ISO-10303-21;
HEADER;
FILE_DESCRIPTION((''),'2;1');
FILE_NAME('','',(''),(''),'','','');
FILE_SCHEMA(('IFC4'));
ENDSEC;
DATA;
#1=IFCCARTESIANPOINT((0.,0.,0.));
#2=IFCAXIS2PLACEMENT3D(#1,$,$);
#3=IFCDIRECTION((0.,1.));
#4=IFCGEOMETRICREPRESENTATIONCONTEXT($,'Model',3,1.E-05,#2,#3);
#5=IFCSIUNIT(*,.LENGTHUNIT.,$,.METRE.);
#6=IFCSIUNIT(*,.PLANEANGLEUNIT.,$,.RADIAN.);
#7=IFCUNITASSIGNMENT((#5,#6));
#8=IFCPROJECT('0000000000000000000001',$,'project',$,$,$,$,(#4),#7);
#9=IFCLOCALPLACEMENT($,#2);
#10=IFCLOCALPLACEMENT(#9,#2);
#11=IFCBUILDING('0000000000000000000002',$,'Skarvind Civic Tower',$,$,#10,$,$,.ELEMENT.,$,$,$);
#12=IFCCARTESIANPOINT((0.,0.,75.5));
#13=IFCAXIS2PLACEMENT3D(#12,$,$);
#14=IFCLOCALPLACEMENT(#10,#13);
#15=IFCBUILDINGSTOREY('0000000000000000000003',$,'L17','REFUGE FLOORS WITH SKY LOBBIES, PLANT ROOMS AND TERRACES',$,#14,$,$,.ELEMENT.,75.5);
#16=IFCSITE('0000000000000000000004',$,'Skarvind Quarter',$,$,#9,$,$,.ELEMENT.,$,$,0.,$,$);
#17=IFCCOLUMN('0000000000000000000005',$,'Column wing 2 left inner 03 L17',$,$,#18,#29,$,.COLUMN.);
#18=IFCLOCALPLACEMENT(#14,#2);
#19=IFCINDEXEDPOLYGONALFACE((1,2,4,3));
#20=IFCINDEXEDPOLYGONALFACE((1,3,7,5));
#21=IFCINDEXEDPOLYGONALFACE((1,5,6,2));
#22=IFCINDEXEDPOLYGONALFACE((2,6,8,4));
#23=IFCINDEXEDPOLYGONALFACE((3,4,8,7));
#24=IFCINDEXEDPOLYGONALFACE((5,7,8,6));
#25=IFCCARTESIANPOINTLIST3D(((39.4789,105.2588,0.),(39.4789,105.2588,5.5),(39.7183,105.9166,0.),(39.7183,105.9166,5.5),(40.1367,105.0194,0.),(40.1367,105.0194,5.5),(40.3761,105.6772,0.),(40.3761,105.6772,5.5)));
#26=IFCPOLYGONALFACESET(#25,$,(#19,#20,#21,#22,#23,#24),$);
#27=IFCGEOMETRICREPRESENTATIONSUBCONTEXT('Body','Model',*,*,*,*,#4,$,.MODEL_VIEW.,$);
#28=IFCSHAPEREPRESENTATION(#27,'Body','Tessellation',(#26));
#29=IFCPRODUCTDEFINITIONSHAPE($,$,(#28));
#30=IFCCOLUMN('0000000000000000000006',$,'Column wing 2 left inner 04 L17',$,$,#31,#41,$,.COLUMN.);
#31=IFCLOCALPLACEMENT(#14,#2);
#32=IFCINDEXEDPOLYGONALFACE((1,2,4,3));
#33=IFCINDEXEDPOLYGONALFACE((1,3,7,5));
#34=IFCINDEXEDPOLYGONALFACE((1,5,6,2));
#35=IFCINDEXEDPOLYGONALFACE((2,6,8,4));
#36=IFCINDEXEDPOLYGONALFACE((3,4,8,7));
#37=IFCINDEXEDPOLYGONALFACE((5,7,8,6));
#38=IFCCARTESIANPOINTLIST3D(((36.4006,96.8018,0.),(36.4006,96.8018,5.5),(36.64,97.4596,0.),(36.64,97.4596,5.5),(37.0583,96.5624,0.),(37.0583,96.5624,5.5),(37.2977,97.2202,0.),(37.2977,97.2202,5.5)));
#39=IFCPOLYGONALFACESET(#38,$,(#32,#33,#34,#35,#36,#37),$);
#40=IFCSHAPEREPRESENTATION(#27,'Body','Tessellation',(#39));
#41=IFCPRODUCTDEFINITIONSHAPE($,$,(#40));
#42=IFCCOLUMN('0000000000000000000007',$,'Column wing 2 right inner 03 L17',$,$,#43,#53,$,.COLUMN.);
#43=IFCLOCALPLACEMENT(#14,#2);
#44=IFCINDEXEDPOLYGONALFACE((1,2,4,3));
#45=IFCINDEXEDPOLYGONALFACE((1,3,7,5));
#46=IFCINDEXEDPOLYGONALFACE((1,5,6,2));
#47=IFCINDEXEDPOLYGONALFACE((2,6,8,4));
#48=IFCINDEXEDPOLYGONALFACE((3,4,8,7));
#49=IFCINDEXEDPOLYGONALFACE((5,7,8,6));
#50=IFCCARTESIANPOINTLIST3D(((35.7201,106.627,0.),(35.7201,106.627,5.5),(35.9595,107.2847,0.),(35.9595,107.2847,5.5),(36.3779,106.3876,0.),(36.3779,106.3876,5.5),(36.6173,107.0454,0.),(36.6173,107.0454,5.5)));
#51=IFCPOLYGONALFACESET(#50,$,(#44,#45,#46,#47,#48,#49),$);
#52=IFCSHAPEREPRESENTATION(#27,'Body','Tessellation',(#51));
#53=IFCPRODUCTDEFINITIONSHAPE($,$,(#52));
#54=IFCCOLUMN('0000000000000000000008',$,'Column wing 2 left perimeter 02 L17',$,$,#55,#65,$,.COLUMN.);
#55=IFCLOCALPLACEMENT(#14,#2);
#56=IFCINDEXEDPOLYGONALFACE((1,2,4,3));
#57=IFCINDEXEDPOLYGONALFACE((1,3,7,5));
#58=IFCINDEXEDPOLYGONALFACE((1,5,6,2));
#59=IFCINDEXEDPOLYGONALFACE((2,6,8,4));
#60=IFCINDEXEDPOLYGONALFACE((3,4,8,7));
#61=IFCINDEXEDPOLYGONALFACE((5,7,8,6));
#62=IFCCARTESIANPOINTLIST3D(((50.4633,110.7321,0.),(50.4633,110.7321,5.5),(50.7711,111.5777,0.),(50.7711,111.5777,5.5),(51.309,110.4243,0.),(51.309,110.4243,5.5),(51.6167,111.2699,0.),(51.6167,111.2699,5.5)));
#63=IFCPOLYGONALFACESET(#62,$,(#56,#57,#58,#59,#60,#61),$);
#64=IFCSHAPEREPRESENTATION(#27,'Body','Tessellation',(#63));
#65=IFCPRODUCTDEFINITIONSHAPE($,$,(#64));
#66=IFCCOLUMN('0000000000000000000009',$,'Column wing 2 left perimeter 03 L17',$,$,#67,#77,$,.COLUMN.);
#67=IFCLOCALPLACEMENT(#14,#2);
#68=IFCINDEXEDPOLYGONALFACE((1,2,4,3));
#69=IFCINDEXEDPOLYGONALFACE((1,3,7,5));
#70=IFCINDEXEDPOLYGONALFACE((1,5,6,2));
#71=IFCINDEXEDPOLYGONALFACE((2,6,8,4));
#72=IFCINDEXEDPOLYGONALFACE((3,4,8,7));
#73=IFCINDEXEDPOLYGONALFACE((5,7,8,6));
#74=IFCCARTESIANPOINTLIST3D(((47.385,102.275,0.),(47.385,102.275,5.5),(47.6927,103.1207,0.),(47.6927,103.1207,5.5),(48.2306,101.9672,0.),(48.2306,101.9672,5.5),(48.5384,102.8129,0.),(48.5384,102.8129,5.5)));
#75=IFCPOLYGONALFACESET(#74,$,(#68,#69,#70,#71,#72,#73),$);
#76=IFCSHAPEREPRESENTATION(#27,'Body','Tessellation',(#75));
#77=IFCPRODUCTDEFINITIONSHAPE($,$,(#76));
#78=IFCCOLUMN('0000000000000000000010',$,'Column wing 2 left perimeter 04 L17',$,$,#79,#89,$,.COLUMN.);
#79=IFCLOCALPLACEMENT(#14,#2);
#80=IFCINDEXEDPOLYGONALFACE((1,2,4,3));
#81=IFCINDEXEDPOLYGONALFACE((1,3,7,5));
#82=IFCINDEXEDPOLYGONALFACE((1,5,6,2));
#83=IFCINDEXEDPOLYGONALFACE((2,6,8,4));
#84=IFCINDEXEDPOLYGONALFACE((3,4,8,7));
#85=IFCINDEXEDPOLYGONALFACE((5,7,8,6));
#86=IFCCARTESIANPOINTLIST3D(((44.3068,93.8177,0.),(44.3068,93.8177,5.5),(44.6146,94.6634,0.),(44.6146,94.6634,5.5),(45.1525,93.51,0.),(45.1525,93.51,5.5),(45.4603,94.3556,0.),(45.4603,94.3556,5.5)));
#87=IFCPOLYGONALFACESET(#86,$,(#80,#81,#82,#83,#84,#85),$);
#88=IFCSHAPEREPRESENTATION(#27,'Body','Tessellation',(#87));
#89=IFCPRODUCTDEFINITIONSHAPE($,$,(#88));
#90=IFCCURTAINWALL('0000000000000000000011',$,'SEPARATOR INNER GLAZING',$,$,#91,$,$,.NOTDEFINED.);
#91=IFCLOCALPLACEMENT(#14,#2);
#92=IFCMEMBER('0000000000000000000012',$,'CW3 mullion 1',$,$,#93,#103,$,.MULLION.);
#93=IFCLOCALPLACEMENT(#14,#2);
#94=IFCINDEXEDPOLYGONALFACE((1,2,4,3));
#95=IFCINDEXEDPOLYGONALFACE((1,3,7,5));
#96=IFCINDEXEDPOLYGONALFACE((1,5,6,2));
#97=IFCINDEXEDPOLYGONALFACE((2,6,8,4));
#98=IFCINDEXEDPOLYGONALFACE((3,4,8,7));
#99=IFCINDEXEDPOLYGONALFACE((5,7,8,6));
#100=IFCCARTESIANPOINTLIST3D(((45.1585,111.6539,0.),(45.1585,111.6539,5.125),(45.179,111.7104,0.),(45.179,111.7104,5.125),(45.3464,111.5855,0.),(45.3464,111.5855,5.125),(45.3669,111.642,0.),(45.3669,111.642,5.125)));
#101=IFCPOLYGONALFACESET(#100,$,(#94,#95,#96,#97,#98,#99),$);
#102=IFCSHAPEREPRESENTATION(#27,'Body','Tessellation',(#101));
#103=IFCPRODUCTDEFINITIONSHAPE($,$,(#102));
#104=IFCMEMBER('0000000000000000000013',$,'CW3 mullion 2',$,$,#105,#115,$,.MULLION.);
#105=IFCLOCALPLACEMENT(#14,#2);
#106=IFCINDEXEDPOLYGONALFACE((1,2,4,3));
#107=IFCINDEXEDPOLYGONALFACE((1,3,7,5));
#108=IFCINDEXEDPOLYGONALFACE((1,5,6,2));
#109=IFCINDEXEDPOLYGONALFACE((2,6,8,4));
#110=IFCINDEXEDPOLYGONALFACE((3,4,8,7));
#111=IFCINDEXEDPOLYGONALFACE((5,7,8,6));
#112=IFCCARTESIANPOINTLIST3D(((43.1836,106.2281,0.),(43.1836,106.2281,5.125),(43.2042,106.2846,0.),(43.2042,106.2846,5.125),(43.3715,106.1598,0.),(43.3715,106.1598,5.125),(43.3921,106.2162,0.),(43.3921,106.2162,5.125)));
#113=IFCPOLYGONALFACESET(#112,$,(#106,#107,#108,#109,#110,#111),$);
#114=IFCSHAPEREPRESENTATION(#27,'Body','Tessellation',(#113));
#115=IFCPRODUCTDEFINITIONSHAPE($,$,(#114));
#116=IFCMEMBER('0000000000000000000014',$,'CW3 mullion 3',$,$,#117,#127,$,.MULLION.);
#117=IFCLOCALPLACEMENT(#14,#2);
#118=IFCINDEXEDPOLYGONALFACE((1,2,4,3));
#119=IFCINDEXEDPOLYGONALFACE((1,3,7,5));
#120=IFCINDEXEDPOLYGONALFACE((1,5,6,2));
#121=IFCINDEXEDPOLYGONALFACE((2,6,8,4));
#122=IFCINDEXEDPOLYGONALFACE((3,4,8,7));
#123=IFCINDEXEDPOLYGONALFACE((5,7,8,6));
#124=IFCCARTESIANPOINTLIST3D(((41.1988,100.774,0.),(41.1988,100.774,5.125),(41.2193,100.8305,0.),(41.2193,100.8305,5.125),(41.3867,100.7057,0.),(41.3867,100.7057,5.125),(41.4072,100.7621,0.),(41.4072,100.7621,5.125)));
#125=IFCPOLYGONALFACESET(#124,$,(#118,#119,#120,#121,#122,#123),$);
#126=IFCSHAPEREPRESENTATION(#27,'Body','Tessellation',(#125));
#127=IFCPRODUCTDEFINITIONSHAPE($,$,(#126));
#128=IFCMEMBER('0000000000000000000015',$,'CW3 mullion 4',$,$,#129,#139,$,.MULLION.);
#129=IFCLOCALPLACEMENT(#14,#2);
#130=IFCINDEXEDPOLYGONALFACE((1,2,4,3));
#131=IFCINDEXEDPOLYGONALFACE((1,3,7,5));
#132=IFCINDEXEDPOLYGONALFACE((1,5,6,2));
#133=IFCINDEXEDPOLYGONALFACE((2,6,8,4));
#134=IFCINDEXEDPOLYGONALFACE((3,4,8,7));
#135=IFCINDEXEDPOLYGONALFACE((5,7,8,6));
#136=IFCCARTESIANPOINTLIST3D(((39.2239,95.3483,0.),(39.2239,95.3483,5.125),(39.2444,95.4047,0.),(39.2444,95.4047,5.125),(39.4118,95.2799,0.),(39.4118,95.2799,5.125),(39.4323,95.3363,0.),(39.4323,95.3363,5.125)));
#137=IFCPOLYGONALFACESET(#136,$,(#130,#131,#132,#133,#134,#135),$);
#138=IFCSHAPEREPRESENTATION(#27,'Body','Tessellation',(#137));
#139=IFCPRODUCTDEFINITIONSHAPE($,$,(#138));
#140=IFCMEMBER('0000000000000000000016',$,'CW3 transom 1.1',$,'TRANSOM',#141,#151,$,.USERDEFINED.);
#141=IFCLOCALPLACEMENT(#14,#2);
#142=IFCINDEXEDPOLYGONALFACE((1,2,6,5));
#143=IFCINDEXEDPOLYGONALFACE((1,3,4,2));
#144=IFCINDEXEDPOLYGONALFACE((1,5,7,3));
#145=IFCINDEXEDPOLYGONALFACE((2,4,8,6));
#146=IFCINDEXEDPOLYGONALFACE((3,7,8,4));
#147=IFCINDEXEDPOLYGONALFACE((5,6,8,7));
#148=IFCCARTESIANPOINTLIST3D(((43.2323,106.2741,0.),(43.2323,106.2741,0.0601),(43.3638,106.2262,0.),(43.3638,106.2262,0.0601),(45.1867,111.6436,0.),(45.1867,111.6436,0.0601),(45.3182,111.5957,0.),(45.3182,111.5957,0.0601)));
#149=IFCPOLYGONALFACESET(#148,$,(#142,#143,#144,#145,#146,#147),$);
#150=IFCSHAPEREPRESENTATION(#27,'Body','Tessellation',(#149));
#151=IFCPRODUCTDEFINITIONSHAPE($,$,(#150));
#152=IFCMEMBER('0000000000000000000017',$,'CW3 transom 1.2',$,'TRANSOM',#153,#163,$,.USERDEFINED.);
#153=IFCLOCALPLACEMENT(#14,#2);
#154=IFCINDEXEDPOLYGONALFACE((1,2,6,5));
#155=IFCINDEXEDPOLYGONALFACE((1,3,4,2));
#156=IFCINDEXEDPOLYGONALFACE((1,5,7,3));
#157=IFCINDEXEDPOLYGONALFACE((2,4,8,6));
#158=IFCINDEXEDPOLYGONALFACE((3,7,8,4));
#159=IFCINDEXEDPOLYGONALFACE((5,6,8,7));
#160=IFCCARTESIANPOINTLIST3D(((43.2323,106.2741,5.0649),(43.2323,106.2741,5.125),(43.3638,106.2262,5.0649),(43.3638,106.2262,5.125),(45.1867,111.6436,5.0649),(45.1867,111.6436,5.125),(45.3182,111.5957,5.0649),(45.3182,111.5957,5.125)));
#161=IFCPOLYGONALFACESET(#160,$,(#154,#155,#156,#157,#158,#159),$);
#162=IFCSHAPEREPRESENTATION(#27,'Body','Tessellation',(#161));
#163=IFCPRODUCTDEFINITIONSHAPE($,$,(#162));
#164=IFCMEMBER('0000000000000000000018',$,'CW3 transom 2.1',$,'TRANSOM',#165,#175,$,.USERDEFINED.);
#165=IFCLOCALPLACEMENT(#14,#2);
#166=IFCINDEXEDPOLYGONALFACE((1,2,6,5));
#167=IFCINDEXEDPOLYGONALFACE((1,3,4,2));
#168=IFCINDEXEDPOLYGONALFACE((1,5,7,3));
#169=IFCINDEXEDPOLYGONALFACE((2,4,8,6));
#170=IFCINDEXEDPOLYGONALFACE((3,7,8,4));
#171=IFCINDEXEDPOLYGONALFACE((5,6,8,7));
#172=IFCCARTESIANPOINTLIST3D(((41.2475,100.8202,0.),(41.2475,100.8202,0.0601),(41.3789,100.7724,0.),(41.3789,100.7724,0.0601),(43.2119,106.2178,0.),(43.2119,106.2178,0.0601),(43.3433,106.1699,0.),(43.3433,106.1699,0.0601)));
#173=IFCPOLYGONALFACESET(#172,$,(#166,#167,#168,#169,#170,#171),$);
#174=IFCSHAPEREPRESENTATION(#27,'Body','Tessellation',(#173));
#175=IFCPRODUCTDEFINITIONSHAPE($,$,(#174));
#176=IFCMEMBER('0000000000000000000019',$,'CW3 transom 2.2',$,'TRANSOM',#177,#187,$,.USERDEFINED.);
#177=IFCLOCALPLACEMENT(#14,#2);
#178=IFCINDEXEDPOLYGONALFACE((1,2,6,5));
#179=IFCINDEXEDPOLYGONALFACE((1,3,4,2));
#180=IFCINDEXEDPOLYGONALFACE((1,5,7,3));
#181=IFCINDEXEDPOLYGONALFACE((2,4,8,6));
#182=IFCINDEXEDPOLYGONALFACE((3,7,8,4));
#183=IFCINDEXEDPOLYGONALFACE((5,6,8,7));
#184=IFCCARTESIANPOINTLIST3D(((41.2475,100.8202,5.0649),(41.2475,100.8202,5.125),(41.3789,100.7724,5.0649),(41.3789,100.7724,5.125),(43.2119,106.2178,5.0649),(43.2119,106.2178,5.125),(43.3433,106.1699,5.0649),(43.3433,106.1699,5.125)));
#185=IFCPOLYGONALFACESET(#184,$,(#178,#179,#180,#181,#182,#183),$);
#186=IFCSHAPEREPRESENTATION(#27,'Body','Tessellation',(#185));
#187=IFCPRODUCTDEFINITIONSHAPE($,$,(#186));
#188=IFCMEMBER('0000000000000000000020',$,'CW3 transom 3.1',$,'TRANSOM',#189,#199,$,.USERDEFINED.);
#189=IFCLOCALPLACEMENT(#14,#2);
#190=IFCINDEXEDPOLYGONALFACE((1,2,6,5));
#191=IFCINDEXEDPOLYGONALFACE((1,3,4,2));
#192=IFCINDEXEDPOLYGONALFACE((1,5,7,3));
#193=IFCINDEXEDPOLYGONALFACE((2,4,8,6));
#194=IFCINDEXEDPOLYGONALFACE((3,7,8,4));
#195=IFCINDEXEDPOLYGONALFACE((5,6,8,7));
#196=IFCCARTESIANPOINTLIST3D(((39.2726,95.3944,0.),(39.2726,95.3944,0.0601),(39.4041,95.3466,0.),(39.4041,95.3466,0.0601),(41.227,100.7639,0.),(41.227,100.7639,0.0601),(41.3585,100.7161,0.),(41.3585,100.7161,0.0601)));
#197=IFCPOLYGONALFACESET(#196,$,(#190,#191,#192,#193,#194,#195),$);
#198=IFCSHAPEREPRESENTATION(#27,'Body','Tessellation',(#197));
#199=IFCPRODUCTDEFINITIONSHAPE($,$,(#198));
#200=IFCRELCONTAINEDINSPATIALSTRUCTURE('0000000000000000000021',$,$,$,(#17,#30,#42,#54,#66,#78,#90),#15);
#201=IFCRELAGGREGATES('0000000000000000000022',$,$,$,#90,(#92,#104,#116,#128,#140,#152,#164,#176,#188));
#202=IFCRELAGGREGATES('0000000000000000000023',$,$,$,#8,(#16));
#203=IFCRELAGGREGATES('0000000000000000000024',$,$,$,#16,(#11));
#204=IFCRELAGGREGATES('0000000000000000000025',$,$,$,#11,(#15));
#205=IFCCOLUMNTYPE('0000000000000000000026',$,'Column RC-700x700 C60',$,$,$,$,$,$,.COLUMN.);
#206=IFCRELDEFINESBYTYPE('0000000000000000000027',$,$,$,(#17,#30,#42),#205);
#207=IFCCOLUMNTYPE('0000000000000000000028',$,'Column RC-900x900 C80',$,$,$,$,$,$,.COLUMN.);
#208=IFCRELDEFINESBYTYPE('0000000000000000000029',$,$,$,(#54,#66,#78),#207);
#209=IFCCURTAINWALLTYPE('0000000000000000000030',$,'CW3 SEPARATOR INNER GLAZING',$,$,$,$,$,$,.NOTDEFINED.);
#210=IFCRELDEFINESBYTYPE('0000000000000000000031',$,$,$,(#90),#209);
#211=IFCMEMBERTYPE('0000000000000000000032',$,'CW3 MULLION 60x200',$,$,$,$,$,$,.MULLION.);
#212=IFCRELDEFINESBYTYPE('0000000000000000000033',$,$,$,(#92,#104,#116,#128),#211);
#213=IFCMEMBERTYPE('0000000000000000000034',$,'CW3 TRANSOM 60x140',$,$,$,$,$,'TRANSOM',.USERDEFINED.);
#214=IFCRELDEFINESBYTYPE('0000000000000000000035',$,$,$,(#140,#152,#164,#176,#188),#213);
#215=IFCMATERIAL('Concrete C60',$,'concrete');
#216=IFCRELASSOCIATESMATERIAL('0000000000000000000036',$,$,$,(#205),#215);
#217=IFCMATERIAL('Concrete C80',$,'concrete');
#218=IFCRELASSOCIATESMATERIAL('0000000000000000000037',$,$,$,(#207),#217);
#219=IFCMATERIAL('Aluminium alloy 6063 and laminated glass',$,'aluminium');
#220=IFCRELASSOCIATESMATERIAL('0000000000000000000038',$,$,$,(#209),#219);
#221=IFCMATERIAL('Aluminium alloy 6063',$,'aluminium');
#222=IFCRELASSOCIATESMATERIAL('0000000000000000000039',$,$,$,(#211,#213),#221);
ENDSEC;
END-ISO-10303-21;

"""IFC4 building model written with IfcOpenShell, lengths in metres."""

from ifc_helpers import new_model, si_unit, direction, frame, origin, origin_2d, place, context, subcontext, project, spatial, rectangle, extrude, material, material_profile, profile_set, type_object, element, aggregate, save


model = new_model("IFC4")

# Units and contexts
model_context = context("Model", 3, precision=1e-05, world=origin(), true_north=direction((0.0, 1.0)))
body_context = subcontext(model_context, "Body", "Model", "MODEL_VIEW")
ifc_project = project(units=[si_unit("LENGTHUNIT", "METRE"), si_unit("PLANEANGLEUNIT", "RADIAN")], contexts=[model_context])

# Site, building, storey
site_placement = place(None, origin())
site = spatial("IfcSite", under=ifc_project, at=site_placement, Name="Skarvind Quarter", CompositionType="ELEMENT", RefElevation=0.0)
building_placement = place(site_placement, origin())
building = spatial("IfcBuilding", under=site, at=building_placement, Name="Skarvind Civic Tower", CompositionType="ELEMENT")
storey_placement = place(building_placement, frame((0.0, 0.0, 75.5)))
storey = spatial("IfcBuildingStorey", under=building, at=storey_placement, Name="L17", Description="REFUGE FLOORS WITH SKY LOBBIES, PLANT ROOMS AND TERRACES", CompositionType="ELEMENT", Elevation=75.5)

# Columns
ifc_material_1 = material(Name="Concrete C60", Category="concrete")
ifc_material_profile_1 = material_profile(ifc_material_1, rectangle(XDim=0.7, YDim=0.7, at=origin_2d()), Name="RC-700x700")
ifc_profile_set_1 = profile_set([ifc_material_profile_1], Name="Concrete C60")
column_type_1 = type_object("IfcColumnType", Name="Column RC-700x700 C60", PredefinedType="COLUMN", material=ifc_profile_set_1)
for number, where, z_axis, x_axis, name in (
    (1, (39.9275, 105.468, 0.0), (0.0, 0.0, 1.0), (-0.34202, -0.939693, 0.0), "Column wing 2 left inner 03 L17"),
    (2, (36.8491, 97.011, 0.0), (0.0, 0.0, 1.0), (-0.34202, -0.939693, 0.0), "Column wing 2 left inner 04 L17"),
    (3, (36.1687, 106.8362, 0.0), (0.0, 0.0, 1.0), (-0.34202, -0.939693, 0.0), "Column wing 2 right inner 03 L17"),
):
    element("IfcColumn", number, at=place(storey_placement, frame(where, z_axis=z_axis, x_axis=x_axis)), inside=storey, type_object=column_type_1, Name=name, PredefinedType="COLUMN", context=body_context, shape_type="SweptSolid", body=[
        extrude(rectangle(XDim=0.7, YDim=0.7, at=origin_2d()), origin(), (0.0, 0.0, 1.0), 5.5),
    ])
ifc_material_2 = material(Name="Concrete C80", Category="concrete")
ifc_material_profile_2 = material_profile(ifc_material_2, rectangle(XDim=0.8999, YDim=0.8999, at=origin_2d()), Name="RC-900x900")
ifc_profile_set_2 = profile_set([ifc_material_profile_2], Name="Concrete C80")
column_type_2 = type_object("IfcColumnType", Name="Column RC-900x900 C80", PredefinedType="COLUMN", material=ifc_profile_set_2)
for number, where, z_axis, x_axis, name in (
    (4, (51.04, 111.001, 0.0), (0.0, 0.0, 1.0), (-0.34202, -0.939693, 0.0), "Column wing 2 left perimeter 02 L17"),
    (5, (47.9617, 102.5439, 0.0), (0.0, 0.0, 1.0), (-0.34202, -0.939693, 0.0), "Column wing 2 left perimeter 03 L17"),
    (6, (44.8835, 94.0867, 0.0), (0.0, 0.0, 1.0), (-0.34202, -0.939693, 0.0), "Column wing 2 left perimeter 04 L17"),
):
    element("IfcColumn", number, at=place(storey_placement, frame(where, z_axis=z_axis, x_axis=x_axis)), inside=storey, type_object=column_type_2, Name=name, PredefinedType="COLUMN", context=body_context, shape_type="SweptSolid", body=[
        extrude(rectangle(XDim=0.8999, YDim=0.8999, at=origin_2d()), origin(), (0.0, 0.0, 1.0), 5.5),
    ])

# Curtain wall, members
ifc_material_3 = material(Name="Aluminium alloy 6063 and laminated glass", Category="aluminium")
curtain_wall_type = type_object("IfcCurtainWallType", Name="CW3 SEPARATOR INNER GLAZING", PredefinedType="NOTDEFINED", material=ifc_material_3)
curtain_wall_placement = place(storey_placement, origin())
curtain_wall = element("IfcCurtainWall", 7, at=curtain_wall_placement, inside=storey, type_object=curtain_wall_type, Name="SEPARATOR INNER GLAZING", PredefinedType="NOTDEFINED")
ifc_material_4 = material(Name="Aluminium alloy 6063", Category="aluminium")
ifc_material_profile_3 = material_profile(ifc_material_4, rectangle(XDim=0.2, YDim=0.0601, at=origin_2d()), Name="AL 60x200")
ifc_profile_set_3 = profile_set([ifc_material_profile_3], Name="Aluminium alloy 6063")
member_type_1 = type_object("IfcMemberType", Name="CW3 MULLION 60x200", PredefinedType="MULLION", material=ifc_profile_set_3)
member_1_placement = place(storey_placement, frame((45.2627, 111.6479, 0.0), z_axis=(0.0, 0.0, 1.0), x_axis=(0.939693, -0.342018, 0.0)))
member_1 = element("IfcMember", 8, at=member_1_placement, type_object=member_type_1, Name="CW3 mullion 1", PredefinedType="MULLION", context=body_context, shape_type="SweptSolid", body=[
    extrude(rectangle(XDim=0.2, YDim=0.0601, at=origin_2d()), origin(), (0.0, 0.0, 1.0), 5.125),
])
member_2_placement = place(storey_placement, frame((43.2878, 106.2222, 0.0), z_axis=(0.0, 0.0, 1.0), x_axis=(0.939693, -0.342018, 0.0)))
member_2 = element("IfcMember", 9, at=member_2_placement, type_object=member_type_1, Name="CW3 mullion 2", PredefinedType="MULLION", context=body_context, shape_type="SweptSolid", body=[
    extrude(rectangle(XDim=0.2, YDim=0.0601, at=origin_2d()), origin(), (0.0, 0.0, 1.0), 5.125),
])
member_3_placement = place(storey_placement, frame((41.303, 100.7681, 0.0), z_axis=(0.0, 0.0, 1.0), x_axis=(0.939693, -0.342018, 0.0)))
member_3 = element("IfcMember", 10, at=member_3_placement, type_object=member_type_1, Name="CW3 mullion 3", PredefinedType="MULLION", context=body_context, shape_type="SweptSolid", body=[
    extrude(rectangle(XDim=0.2, YDim=0.0601, at=origin_2d()), origin(), (0.0, 0.0, 1.0), 5.125),
])
member_4_placement = place(storey_placement, frame((39.3281, 95.3423, 0.0), z_axis=(0.0, 0.0, 1.0), x_axis=(0.939693, -0.342018, 0.0)))
member_4 = element("IfcMember", 11, at=member_4_placement, type_object=member_type_1, Name="CW3 mullion 4", PredefinedType="MULLION", context=body_context, shape_type="SweptSolid", body=[
    extrude(rectangle(XDim=0.2, YDim=0.0601, at=origin_2d()), origin(), (0.0, 0.0, 1.0), 5.125),
])
ifc_material_profile_4 = material_profile(ifc_material_4, rectangle(XDim=0.1399, YDim=0.0601, at=origin_2d()), Name="AL 60x140")
ifc_profile_set_4 = profile_set([ifc_material_profile_4], Name="Aluminium alloy 6063")
member_type_2 = type_object("IfcMemberType", Name="CW3 TRANSOM 60x140", ElementType="TRANSOM", PredefinedType="USERDEFINED", material=ifc_profile_set_4)
member_5_placement = place(storey_placement, frame((45.2524, 111.6196, 0.03), z_axis=(-0.342028, -0.93969, 0.0), x_axis=(0.93969, -0.342028, 0.0)))
member_5 = element("IfcMember", 12, at=member_5_placement, type_object=member_type_2, Name="CW3 transom 1.1", ObjectType="TRANSOM", PredefinedType="USERDEFINED", context=body_context, shape_type="SweptSolid", body=[
    extrude(rectangle(XDim=0.1399, YDim=0.0601, at=origin_2d()), origin(), (0.0, 0.0, 1.0), 5.7141),
])
member_6_placement = place(storey_placement, frame((45.2524, 111.6196, 5.095), z_axis=(-0.342028, -0.93969, 0.0), x_axis=(0.93969, -0.342028, 0.0)))
member_6 = element("IfcMember", 13, at=member_6_placement, type_object=member_type_2, Name="CW3 transom 1.2", ObjectType="TRANSOM", PredefinedType="USERDEFINED", context=body_context, shape_type="SweptSolid", body=[
    extrude(rectangle(XDim=0.1399, YDim=0.0601, at=origin_2d()), origin(), (0.0, 0.0, 1.0), 5.7141),
])
member_7_placement = place(storey_placement, frame((43.2776, 106.1938, 0.03), z_axis=(-0.341996, -0.939702, 0.0), x_axis=(0.939702, -0.341996, 0.0)))
member_7 = element("IfcMember", 14, at=member_7_placement, type_object=member_type_2, Name="CW3 transom 2.1", ObjectType="TRANSOM", PredefinedType="USERDEFINED", context=body_context, shape_type="SweptSolid", body=[
    extrude(rectangle(XDim=0.1399, YDim=0.0601, at=origin_2d()), origin(), (0.0, 0.0, 1.0), 5.7439),
])
member_8_placement = place(storey_placement, frame((43.2776, 106.1938, 5.095), z_axis=(-0.341996, -0.939702, 0.0), x_axis=(0.939702, -0.341996, 0.0)))
member_8 = element("IfcMember", 15, at=member_8_placement, type_object=member_type_2, Name="CW3 transom 2.2", ObjectType="TRANSOM", PredefinedType="USERDEFINED", context=body_context, shape_type="SweptSolid", body=[
    extrude(rectangle(XDim=0.1399, YDim=0.0601, at=origin_2d()), origin(), (0.0, 0.0, 1.0), 5.7439),
])
member_9_placement = place(storey_placement, frame((41.2927, 100.74, 0.03), z_axis=(-0.342028, -0.93969, 0.0), x_axis=(0.93969, -0.342028, 0.0)))
member_9 = element("IfcMember", 16, at=member_9_placement, type_object=member_type_2, Name="CW3 transom 3.1", ObjectType="TRANSOM", PredefinedType="USERDEFINED", context=body_context, shape_type="SweptSolid", body=[
    extrude(rectangle(XDim=0.1399, YDim=0.0601, at=origin_2d()), origin(), (0.0, 0.0, 1.0), 5.7141),
])
aggregate(curtain_wall, [member_1, member_2, member_3, member_4, member_5, member_6, member_7, member_8, member_9])

save(model, "model.ifc")
